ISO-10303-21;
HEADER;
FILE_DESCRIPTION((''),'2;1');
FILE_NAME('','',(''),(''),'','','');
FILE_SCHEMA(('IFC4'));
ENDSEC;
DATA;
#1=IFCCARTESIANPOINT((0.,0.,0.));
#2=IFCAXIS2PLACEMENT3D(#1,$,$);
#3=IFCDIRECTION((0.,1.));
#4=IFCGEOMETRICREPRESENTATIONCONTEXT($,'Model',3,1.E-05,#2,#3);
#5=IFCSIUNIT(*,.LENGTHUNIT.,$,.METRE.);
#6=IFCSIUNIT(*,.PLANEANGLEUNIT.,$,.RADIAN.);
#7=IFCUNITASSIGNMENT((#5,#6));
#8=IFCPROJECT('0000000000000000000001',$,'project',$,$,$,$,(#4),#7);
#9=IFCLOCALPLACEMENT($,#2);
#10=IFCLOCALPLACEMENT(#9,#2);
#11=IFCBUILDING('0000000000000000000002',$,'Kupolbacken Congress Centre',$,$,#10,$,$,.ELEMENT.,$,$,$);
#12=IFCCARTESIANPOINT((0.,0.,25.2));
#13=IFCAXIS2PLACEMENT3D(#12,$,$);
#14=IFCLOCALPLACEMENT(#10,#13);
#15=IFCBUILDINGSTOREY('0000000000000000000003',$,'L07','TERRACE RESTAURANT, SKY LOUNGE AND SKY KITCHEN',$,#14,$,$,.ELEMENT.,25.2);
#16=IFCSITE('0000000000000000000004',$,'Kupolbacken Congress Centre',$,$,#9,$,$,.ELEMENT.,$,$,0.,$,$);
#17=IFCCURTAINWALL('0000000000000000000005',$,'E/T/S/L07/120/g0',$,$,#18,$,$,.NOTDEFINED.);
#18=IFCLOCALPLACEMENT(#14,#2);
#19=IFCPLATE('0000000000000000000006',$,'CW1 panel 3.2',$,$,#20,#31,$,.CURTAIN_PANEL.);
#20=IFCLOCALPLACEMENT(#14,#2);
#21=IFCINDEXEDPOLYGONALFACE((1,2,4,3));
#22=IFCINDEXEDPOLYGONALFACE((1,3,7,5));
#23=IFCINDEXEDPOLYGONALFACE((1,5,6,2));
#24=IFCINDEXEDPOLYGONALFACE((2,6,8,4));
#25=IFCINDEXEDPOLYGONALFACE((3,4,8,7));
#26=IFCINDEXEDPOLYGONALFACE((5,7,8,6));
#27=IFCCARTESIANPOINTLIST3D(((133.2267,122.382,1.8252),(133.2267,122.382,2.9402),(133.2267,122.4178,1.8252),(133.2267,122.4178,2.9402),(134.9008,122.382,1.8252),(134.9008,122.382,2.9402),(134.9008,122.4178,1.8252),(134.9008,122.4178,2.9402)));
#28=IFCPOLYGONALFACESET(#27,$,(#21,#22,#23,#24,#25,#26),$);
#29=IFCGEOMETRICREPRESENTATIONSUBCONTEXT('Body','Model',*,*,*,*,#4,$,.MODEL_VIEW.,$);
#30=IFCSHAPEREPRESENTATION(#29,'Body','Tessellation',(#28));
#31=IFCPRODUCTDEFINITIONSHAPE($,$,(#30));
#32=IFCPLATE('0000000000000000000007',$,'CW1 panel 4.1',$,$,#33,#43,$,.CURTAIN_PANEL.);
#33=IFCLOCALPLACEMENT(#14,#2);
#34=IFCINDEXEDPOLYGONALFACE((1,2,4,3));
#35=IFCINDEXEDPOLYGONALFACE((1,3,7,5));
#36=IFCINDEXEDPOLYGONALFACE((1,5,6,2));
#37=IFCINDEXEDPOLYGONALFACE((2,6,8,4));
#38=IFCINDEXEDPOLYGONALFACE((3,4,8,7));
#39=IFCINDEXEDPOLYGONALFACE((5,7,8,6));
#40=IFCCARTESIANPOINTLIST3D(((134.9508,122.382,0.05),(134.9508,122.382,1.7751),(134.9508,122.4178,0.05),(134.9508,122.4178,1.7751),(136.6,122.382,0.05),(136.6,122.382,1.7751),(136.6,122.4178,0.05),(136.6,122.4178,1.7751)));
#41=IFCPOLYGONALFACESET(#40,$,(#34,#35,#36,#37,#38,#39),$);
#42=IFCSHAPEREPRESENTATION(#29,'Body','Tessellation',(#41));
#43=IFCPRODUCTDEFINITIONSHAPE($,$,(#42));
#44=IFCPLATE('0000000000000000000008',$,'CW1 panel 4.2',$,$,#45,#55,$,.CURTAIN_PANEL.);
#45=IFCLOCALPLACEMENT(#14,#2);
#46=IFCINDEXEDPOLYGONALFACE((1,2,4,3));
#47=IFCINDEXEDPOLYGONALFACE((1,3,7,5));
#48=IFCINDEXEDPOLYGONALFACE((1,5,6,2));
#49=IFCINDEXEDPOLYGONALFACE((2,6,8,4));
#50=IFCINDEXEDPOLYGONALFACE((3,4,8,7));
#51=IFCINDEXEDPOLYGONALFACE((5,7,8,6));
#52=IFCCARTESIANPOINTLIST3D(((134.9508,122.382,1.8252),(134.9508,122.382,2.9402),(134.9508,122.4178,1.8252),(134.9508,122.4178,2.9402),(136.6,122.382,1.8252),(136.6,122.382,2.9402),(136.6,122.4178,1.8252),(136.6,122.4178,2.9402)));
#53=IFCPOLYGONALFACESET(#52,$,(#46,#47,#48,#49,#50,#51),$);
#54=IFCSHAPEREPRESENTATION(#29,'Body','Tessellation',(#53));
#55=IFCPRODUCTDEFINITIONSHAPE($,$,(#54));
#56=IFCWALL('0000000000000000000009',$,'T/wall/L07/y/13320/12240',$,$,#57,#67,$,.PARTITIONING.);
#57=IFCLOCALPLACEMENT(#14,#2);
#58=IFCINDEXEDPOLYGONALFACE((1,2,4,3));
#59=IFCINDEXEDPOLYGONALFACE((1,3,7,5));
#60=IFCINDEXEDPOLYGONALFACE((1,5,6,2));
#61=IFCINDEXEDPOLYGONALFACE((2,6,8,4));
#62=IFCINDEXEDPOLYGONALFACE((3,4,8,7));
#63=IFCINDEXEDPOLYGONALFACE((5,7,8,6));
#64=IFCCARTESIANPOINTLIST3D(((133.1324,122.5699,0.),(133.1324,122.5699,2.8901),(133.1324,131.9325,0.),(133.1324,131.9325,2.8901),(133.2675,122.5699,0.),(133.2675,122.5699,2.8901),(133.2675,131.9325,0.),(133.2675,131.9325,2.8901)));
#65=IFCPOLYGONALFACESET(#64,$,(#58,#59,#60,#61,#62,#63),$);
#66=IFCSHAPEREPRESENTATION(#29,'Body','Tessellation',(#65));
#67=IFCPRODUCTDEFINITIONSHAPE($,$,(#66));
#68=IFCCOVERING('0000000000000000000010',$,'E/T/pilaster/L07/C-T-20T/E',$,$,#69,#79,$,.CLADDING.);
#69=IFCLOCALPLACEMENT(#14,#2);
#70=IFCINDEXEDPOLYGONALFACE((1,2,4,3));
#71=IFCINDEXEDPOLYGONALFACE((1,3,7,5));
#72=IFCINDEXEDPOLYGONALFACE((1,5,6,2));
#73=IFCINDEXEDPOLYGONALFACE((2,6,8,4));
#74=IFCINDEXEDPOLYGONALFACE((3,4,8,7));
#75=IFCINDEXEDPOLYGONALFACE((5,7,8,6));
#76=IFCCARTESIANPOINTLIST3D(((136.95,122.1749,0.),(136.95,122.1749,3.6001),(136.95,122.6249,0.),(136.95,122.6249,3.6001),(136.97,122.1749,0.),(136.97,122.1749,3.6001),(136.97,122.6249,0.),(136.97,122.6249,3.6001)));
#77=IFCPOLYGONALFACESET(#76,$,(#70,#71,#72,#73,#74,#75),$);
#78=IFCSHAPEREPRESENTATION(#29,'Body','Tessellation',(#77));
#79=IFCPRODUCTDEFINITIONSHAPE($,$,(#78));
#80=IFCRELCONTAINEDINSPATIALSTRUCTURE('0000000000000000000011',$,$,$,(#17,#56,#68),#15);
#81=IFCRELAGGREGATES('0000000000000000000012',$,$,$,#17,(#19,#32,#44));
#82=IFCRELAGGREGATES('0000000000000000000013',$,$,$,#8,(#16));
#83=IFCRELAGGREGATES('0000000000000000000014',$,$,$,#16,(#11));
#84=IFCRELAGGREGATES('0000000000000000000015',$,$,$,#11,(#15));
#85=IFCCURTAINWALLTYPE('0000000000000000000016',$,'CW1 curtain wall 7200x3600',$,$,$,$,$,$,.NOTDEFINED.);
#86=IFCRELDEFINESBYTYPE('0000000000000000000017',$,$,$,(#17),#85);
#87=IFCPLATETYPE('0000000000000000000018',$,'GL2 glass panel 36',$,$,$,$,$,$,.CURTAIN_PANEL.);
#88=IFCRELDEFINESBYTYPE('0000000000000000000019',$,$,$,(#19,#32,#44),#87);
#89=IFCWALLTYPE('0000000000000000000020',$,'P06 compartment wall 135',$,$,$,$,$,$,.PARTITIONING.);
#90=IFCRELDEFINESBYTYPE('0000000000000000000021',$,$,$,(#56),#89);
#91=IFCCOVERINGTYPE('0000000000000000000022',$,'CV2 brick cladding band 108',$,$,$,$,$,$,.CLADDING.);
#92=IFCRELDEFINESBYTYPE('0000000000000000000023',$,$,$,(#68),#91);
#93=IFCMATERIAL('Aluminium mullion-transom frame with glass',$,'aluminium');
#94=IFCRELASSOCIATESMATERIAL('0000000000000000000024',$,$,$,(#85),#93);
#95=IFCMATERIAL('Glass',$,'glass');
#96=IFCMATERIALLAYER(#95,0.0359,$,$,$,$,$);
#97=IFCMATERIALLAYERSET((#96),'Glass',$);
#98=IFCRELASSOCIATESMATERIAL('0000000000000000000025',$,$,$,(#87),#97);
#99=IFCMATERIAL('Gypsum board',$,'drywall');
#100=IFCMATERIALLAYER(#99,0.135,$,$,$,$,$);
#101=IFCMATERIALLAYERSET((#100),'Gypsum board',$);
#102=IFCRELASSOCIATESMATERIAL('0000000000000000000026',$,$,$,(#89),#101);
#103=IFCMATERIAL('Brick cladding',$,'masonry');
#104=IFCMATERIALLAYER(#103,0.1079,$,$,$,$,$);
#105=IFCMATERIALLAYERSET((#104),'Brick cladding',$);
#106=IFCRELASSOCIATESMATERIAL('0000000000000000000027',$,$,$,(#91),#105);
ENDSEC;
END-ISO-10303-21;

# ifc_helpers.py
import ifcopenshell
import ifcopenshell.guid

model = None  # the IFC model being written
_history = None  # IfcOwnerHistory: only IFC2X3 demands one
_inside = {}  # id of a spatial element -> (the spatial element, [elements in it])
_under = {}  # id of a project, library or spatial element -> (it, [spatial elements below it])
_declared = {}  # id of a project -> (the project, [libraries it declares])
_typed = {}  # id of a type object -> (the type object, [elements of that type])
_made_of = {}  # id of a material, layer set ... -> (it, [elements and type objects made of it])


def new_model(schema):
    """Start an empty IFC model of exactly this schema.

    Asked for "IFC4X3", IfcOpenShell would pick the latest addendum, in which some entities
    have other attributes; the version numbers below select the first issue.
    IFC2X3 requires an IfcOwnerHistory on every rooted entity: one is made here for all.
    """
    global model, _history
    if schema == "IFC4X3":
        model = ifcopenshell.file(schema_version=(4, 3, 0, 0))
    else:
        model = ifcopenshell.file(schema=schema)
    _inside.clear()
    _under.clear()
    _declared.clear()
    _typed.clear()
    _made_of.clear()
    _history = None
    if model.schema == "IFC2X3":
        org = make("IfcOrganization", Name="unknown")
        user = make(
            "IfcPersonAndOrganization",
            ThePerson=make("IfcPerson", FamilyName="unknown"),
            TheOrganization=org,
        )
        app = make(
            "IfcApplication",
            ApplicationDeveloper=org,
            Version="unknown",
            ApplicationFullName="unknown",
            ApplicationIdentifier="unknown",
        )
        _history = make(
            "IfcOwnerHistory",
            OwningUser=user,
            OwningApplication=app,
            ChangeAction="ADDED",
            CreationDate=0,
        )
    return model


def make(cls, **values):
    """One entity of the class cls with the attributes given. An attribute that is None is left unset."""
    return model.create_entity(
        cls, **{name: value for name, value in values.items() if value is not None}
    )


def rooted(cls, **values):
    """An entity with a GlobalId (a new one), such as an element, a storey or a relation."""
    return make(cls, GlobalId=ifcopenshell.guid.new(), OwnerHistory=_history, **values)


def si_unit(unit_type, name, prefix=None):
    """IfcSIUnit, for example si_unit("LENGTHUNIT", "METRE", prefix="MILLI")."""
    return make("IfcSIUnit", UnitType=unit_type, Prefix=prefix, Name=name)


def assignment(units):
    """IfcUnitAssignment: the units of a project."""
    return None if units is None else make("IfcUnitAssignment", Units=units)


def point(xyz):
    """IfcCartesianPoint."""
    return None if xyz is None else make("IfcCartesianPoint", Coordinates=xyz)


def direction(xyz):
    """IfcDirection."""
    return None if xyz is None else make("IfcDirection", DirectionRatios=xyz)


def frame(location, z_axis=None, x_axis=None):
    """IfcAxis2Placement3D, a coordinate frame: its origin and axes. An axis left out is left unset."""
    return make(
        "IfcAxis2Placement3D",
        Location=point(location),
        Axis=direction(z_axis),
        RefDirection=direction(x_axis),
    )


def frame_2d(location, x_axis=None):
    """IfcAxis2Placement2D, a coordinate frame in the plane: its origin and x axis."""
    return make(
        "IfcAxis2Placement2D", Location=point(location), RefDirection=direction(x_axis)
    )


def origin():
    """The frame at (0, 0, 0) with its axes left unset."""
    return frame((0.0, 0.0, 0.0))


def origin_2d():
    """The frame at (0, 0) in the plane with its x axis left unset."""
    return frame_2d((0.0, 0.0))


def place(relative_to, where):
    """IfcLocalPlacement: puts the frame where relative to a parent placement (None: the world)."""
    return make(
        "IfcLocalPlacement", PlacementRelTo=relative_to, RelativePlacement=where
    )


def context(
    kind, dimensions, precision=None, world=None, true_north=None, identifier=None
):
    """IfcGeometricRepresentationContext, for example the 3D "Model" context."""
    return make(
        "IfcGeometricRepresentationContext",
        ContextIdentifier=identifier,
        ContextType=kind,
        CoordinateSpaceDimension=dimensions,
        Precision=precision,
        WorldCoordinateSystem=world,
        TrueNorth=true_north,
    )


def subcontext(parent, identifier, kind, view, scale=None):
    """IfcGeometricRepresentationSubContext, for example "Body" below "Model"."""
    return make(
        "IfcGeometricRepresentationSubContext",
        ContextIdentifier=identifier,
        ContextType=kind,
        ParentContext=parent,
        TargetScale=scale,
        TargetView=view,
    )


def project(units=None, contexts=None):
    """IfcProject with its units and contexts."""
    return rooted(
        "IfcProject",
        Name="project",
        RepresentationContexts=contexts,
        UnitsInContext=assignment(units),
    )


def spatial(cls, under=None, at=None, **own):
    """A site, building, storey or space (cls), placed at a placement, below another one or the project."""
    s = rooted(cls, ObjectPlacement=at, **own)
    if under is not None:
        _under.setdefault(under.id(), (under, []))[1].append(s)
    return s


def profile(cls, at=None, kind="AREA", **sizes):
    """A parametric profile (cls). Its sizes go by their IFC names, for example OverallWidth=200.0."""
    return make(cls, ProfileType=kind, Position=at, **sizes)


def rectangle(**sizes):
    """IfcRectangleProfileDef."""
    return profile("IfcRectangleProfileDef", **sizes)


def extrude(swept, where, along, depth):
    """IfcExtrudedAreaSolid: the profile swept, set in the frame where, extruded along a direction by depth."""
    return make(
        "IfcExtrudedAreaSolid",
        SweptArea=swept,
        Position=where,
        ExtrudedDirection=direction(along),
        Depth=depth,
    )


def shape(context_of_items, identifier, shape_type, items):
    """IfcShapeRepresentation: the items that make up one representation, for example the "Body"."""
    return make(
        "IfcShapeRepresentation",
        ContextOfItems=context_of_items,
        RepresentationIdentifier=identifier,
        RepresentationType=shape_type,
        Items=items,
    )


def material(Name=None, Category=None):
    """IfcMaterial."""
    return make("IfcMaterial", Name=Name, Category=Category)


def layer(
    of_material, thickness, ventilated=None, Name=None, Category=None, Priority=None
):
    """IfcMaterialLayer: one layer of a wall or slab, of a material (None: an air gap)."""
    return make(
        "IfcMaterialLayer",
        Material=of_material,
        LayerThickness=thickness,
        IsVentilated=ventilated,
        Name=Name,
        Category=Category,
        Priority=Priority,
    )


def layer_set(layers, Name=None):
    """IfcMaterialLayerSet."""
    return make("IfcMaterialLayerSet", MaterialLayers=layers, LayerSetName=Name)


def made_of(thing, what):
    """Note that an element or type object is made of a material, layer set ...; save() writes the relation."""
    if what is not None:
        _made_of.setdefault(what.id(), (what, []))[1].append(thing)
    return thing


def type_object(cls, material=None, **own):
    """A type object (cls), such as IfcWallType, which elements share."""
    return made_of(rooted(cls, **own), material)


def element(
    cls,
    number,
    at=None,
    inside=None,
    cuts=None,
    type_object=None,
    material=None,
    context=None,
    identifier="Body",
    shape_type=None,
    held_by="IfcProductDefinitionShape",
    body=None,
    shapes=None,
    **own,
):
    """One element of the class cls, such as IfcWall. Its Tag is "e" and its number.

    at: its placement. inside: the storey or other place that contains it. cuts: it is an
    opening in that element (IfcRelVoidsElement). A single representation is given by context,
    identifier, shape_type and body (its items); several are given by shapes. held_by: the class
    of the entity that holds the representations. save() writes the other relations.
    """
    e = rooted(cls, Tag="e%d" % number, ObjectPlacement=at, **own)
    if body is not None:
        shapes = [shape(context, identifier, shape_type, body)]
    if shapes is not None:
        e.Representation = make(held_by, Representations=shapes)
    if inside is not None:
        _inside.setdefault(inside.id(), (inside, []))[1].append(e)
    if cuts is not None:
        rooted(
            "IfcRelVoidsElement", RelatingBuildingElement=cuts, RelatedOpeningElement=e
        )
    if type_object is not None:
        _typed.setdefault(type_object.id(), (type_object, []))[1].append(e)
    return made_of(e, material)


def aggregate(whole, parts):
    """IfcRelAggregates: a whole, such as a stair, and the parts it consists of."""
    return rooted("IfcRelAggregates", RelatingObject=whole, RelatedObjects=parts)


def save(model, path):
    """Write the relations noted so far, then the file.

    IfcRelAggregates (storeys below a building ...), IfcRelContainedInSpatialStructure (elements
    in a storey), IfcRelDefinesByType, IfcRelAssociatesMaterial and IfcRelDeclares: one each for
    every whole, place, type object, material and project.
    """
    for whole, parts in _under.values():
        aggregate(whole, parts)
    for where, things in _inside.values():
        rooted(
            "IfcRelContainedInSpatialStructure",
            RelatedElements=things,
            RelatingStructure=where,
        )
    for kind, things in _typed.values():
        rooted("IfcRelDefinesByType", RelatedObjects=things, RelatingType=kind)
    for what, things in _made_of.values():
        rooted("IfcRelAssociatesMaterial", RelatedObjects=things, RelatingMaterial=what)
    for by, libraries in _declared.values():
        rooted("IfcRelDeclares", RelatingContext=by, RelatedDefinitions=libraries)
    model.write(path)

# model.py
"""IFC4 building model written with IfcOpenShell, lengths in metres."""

from ifc_helpers import new_model, si_unit, direction, frame, frame_2d, origin, origin_2d, place, context, subcontext, project, spatial, rectangle, extrude, material, layer, layer_set, type_object, element, aggregate, save


model = new_model("IFC4")

# Units and contexts
model_context = context("Model", 3, precision=1e-05, world=origin(), true_north=direction((0.0, 1.0)))
body_context = subcontext(model_context, "Body", "Model", "MODEL_VIEW")
ifc_project = project(units=[si_unit("LENGTHUNIT", "METRE"), si_unit("PLANEANGLEUNIT", "RADIAN")], contexts=[model_context])

# Site, building, storey
site_placement = place(None, origin())
site = spatial("IfcSite", under=ifc_project, at=site_placement, Name="Kupolbacken Congress Centre", CompositionType="ELEMENT", RefElevation=0.0)
building_placement = place(site_placement, origin())
building = spatial("IfcBuilding", under=site, at=building_placement, Name="Kupolbacken Congress Centre", CompositionType="ELEMENT")
storey_placement = place(building_placement, frame((0.0, 0.0, 25.2)))
storey = spatial("IfcBuildingStorey", under=building, at=storey_placement, Name="L07", Description="TERRACE RESTAURANT, SKY LOUNGE AND SKY KITCHEN", CompositionType="ELEMENT", Elevation=25.2)

# Shared definitions
ifc_material_1 = material(Name="Aluminium mullion-transom frame with glass", Category="aluminium")
curtain_wall_type = type_object("IfcCurtainWallType", Name="CW1 curtain wall 7200x3600", PredefinedType="NOTDEFINED", material=ifc_material_1)

# Curtain wall
curtain_wall_1_placement = place(storey_placement, origin())
curtain_wall_1 = element("IfcCurtainWall", 1, at=curtain_wall_1_placement, inside=storey, type_object=curtain_wall_type, Name="E/T/S/L07/120/g0", PredefinedType="NOTDEFINED")

# Plates
ifc_material_2 = material(Name="Glass", Category="glass")
ifc_layer_1 = layer(ifc_material_2, 0.0359)
ifc_layer_set_1 = layer_set([ifc_layer_1], Name="Glass")
plate_type = type_object("IfcPlateType", Name="GL2 glass panel 36", PredefinedType="CURTAIN_PANEL", material=ifc_layer_set_1)
plate_1_placement = place(storey_placement, frame((134.0637, 122.3999, 1.8252), z_axis=(0.0, 0.0, 1.0), x_axis=(1.0, 0.0, 0.0)))
plate_1 = element("IfcPlate", 2, at=plate_1_placement, type_object=plate_type, Name="CW1 panel 3.2", PredefinedType="CURTAIN_PANEL", context=body_context, shape_type="SweptSolid", body=[
    extrude(rectangle(XDim=1.6741, YDim=0.0359, at=origin_2d()), origin(), (0.0, 0.0, 1.0), 1.115),
])
plate_2_placement = place(storey_placement, frame((135.7754, 122.3999, 0.05), z_axis=(0.0, 0.0, 1.0), x_axis=(1.0, 0.0, 0.0)))
plate_2 = element("IfcPlate", 3, at=plate_2_placement, type_object=plate_type, Name="CW1 panel 4.1", PredefinedType="CURTAIN_PANEL", context=body_context, shape_type="SweptSolid", body=[
    extrude(rectangle(XDim=1.6492, YDim=0.0359, at=origin_2d()), origin(), (0.0, 0.0, 1.0), 1.7251),
])
plate_3_placement = place(storey_placement, frame((135.7754, 122.3999, 1.8252), z_axis=(0.0, 0.0, 1.0), x_axis=(1.0, 0.0, 0.0)))
plate_3 = element("IfcPlate", 4, at=plate_3_placement, type_object=plate_type, Name="CW1 panel 4.2", PredefinedType="CURTAIN_PANEL", context=body_context, shape_type="SweptSolid", body=[
    extrude(rectangle(XDim=1.6492, YDim=0.0359, at=origin_2d()), origin(), (0.0, 0.0, 1.0), 1.115),
])
aggregate(curtain_wall_1, [plate_1, plate_2, plate_3])

# Wall
ifc_material_3 = material(Name="Gypsum board", Category="drywall")
ifc_layer_2 = layer(ifc_material_3, 0.135)
ifc_layer_set_2 = layer_set([ifc_layer_2], Name="Gypsum board")
wall_type = type_object("IfcWallType", Name="P06 compartment wall 135", PredefinedType="PARTITIONING", material=ifc_layer_set_2)
wall_placement = place(storey_placement, frame((133.2, 122.5701, 0.0), z_axis=(0.0, 0.0, 1.0), x_axis=(0.0, 1.0, 0.0)))
element("IfcWall", 5, at=wall_placement, inside=storey, type_object=wall_type, Name="T/wall/L07/y/13320/12240", PredefinedType="PARTITIONING", context=body_context, shape_type="SweptSolid", body=[
    extrude(rectangle(XDim=9.3625, YDim=0.135, at=frame_2d((4.6812, 0.0))), origin(), (0.0, 0.0, 1.0), 2.8901),
])

# Covering
ifc_material_4 = material(Name="Brick cladding", Category="masonry")
ifc_layer_3 = layer(ifc_material_4, 0.1079)
ifc_layer_set_3 = layer_set([ifc_layer_3], Name="Brick cladding")
covering_type = type_object("IfcCoveringType", Name="CV2 brick cladding band 108", PredefinedType="CLADDING", material=ifc_layer_set_3)
covering_placement = place(storey_placement, frame((136.96, 122.3999, 0.0), z_axis=(0.0, 0.0, 1.0), x_axis=(1.0, 0.0, 0.0)))
element("IfcCovering", 6, at=covering_placement, inside=storey, type_object=covering_type, Name="E/T/pilaster/L07/C-T-20T/E", PredefinedType="CLADDING", context=body_context, shape_type="SweptSolid", body=[
    extrude(rectangle(XDim=0.02, YDim=0.45, at=origin_2d()), origin(), (0.0, 0.0, 1.0), 3.6001),
])

save(model, "model.ifc")
